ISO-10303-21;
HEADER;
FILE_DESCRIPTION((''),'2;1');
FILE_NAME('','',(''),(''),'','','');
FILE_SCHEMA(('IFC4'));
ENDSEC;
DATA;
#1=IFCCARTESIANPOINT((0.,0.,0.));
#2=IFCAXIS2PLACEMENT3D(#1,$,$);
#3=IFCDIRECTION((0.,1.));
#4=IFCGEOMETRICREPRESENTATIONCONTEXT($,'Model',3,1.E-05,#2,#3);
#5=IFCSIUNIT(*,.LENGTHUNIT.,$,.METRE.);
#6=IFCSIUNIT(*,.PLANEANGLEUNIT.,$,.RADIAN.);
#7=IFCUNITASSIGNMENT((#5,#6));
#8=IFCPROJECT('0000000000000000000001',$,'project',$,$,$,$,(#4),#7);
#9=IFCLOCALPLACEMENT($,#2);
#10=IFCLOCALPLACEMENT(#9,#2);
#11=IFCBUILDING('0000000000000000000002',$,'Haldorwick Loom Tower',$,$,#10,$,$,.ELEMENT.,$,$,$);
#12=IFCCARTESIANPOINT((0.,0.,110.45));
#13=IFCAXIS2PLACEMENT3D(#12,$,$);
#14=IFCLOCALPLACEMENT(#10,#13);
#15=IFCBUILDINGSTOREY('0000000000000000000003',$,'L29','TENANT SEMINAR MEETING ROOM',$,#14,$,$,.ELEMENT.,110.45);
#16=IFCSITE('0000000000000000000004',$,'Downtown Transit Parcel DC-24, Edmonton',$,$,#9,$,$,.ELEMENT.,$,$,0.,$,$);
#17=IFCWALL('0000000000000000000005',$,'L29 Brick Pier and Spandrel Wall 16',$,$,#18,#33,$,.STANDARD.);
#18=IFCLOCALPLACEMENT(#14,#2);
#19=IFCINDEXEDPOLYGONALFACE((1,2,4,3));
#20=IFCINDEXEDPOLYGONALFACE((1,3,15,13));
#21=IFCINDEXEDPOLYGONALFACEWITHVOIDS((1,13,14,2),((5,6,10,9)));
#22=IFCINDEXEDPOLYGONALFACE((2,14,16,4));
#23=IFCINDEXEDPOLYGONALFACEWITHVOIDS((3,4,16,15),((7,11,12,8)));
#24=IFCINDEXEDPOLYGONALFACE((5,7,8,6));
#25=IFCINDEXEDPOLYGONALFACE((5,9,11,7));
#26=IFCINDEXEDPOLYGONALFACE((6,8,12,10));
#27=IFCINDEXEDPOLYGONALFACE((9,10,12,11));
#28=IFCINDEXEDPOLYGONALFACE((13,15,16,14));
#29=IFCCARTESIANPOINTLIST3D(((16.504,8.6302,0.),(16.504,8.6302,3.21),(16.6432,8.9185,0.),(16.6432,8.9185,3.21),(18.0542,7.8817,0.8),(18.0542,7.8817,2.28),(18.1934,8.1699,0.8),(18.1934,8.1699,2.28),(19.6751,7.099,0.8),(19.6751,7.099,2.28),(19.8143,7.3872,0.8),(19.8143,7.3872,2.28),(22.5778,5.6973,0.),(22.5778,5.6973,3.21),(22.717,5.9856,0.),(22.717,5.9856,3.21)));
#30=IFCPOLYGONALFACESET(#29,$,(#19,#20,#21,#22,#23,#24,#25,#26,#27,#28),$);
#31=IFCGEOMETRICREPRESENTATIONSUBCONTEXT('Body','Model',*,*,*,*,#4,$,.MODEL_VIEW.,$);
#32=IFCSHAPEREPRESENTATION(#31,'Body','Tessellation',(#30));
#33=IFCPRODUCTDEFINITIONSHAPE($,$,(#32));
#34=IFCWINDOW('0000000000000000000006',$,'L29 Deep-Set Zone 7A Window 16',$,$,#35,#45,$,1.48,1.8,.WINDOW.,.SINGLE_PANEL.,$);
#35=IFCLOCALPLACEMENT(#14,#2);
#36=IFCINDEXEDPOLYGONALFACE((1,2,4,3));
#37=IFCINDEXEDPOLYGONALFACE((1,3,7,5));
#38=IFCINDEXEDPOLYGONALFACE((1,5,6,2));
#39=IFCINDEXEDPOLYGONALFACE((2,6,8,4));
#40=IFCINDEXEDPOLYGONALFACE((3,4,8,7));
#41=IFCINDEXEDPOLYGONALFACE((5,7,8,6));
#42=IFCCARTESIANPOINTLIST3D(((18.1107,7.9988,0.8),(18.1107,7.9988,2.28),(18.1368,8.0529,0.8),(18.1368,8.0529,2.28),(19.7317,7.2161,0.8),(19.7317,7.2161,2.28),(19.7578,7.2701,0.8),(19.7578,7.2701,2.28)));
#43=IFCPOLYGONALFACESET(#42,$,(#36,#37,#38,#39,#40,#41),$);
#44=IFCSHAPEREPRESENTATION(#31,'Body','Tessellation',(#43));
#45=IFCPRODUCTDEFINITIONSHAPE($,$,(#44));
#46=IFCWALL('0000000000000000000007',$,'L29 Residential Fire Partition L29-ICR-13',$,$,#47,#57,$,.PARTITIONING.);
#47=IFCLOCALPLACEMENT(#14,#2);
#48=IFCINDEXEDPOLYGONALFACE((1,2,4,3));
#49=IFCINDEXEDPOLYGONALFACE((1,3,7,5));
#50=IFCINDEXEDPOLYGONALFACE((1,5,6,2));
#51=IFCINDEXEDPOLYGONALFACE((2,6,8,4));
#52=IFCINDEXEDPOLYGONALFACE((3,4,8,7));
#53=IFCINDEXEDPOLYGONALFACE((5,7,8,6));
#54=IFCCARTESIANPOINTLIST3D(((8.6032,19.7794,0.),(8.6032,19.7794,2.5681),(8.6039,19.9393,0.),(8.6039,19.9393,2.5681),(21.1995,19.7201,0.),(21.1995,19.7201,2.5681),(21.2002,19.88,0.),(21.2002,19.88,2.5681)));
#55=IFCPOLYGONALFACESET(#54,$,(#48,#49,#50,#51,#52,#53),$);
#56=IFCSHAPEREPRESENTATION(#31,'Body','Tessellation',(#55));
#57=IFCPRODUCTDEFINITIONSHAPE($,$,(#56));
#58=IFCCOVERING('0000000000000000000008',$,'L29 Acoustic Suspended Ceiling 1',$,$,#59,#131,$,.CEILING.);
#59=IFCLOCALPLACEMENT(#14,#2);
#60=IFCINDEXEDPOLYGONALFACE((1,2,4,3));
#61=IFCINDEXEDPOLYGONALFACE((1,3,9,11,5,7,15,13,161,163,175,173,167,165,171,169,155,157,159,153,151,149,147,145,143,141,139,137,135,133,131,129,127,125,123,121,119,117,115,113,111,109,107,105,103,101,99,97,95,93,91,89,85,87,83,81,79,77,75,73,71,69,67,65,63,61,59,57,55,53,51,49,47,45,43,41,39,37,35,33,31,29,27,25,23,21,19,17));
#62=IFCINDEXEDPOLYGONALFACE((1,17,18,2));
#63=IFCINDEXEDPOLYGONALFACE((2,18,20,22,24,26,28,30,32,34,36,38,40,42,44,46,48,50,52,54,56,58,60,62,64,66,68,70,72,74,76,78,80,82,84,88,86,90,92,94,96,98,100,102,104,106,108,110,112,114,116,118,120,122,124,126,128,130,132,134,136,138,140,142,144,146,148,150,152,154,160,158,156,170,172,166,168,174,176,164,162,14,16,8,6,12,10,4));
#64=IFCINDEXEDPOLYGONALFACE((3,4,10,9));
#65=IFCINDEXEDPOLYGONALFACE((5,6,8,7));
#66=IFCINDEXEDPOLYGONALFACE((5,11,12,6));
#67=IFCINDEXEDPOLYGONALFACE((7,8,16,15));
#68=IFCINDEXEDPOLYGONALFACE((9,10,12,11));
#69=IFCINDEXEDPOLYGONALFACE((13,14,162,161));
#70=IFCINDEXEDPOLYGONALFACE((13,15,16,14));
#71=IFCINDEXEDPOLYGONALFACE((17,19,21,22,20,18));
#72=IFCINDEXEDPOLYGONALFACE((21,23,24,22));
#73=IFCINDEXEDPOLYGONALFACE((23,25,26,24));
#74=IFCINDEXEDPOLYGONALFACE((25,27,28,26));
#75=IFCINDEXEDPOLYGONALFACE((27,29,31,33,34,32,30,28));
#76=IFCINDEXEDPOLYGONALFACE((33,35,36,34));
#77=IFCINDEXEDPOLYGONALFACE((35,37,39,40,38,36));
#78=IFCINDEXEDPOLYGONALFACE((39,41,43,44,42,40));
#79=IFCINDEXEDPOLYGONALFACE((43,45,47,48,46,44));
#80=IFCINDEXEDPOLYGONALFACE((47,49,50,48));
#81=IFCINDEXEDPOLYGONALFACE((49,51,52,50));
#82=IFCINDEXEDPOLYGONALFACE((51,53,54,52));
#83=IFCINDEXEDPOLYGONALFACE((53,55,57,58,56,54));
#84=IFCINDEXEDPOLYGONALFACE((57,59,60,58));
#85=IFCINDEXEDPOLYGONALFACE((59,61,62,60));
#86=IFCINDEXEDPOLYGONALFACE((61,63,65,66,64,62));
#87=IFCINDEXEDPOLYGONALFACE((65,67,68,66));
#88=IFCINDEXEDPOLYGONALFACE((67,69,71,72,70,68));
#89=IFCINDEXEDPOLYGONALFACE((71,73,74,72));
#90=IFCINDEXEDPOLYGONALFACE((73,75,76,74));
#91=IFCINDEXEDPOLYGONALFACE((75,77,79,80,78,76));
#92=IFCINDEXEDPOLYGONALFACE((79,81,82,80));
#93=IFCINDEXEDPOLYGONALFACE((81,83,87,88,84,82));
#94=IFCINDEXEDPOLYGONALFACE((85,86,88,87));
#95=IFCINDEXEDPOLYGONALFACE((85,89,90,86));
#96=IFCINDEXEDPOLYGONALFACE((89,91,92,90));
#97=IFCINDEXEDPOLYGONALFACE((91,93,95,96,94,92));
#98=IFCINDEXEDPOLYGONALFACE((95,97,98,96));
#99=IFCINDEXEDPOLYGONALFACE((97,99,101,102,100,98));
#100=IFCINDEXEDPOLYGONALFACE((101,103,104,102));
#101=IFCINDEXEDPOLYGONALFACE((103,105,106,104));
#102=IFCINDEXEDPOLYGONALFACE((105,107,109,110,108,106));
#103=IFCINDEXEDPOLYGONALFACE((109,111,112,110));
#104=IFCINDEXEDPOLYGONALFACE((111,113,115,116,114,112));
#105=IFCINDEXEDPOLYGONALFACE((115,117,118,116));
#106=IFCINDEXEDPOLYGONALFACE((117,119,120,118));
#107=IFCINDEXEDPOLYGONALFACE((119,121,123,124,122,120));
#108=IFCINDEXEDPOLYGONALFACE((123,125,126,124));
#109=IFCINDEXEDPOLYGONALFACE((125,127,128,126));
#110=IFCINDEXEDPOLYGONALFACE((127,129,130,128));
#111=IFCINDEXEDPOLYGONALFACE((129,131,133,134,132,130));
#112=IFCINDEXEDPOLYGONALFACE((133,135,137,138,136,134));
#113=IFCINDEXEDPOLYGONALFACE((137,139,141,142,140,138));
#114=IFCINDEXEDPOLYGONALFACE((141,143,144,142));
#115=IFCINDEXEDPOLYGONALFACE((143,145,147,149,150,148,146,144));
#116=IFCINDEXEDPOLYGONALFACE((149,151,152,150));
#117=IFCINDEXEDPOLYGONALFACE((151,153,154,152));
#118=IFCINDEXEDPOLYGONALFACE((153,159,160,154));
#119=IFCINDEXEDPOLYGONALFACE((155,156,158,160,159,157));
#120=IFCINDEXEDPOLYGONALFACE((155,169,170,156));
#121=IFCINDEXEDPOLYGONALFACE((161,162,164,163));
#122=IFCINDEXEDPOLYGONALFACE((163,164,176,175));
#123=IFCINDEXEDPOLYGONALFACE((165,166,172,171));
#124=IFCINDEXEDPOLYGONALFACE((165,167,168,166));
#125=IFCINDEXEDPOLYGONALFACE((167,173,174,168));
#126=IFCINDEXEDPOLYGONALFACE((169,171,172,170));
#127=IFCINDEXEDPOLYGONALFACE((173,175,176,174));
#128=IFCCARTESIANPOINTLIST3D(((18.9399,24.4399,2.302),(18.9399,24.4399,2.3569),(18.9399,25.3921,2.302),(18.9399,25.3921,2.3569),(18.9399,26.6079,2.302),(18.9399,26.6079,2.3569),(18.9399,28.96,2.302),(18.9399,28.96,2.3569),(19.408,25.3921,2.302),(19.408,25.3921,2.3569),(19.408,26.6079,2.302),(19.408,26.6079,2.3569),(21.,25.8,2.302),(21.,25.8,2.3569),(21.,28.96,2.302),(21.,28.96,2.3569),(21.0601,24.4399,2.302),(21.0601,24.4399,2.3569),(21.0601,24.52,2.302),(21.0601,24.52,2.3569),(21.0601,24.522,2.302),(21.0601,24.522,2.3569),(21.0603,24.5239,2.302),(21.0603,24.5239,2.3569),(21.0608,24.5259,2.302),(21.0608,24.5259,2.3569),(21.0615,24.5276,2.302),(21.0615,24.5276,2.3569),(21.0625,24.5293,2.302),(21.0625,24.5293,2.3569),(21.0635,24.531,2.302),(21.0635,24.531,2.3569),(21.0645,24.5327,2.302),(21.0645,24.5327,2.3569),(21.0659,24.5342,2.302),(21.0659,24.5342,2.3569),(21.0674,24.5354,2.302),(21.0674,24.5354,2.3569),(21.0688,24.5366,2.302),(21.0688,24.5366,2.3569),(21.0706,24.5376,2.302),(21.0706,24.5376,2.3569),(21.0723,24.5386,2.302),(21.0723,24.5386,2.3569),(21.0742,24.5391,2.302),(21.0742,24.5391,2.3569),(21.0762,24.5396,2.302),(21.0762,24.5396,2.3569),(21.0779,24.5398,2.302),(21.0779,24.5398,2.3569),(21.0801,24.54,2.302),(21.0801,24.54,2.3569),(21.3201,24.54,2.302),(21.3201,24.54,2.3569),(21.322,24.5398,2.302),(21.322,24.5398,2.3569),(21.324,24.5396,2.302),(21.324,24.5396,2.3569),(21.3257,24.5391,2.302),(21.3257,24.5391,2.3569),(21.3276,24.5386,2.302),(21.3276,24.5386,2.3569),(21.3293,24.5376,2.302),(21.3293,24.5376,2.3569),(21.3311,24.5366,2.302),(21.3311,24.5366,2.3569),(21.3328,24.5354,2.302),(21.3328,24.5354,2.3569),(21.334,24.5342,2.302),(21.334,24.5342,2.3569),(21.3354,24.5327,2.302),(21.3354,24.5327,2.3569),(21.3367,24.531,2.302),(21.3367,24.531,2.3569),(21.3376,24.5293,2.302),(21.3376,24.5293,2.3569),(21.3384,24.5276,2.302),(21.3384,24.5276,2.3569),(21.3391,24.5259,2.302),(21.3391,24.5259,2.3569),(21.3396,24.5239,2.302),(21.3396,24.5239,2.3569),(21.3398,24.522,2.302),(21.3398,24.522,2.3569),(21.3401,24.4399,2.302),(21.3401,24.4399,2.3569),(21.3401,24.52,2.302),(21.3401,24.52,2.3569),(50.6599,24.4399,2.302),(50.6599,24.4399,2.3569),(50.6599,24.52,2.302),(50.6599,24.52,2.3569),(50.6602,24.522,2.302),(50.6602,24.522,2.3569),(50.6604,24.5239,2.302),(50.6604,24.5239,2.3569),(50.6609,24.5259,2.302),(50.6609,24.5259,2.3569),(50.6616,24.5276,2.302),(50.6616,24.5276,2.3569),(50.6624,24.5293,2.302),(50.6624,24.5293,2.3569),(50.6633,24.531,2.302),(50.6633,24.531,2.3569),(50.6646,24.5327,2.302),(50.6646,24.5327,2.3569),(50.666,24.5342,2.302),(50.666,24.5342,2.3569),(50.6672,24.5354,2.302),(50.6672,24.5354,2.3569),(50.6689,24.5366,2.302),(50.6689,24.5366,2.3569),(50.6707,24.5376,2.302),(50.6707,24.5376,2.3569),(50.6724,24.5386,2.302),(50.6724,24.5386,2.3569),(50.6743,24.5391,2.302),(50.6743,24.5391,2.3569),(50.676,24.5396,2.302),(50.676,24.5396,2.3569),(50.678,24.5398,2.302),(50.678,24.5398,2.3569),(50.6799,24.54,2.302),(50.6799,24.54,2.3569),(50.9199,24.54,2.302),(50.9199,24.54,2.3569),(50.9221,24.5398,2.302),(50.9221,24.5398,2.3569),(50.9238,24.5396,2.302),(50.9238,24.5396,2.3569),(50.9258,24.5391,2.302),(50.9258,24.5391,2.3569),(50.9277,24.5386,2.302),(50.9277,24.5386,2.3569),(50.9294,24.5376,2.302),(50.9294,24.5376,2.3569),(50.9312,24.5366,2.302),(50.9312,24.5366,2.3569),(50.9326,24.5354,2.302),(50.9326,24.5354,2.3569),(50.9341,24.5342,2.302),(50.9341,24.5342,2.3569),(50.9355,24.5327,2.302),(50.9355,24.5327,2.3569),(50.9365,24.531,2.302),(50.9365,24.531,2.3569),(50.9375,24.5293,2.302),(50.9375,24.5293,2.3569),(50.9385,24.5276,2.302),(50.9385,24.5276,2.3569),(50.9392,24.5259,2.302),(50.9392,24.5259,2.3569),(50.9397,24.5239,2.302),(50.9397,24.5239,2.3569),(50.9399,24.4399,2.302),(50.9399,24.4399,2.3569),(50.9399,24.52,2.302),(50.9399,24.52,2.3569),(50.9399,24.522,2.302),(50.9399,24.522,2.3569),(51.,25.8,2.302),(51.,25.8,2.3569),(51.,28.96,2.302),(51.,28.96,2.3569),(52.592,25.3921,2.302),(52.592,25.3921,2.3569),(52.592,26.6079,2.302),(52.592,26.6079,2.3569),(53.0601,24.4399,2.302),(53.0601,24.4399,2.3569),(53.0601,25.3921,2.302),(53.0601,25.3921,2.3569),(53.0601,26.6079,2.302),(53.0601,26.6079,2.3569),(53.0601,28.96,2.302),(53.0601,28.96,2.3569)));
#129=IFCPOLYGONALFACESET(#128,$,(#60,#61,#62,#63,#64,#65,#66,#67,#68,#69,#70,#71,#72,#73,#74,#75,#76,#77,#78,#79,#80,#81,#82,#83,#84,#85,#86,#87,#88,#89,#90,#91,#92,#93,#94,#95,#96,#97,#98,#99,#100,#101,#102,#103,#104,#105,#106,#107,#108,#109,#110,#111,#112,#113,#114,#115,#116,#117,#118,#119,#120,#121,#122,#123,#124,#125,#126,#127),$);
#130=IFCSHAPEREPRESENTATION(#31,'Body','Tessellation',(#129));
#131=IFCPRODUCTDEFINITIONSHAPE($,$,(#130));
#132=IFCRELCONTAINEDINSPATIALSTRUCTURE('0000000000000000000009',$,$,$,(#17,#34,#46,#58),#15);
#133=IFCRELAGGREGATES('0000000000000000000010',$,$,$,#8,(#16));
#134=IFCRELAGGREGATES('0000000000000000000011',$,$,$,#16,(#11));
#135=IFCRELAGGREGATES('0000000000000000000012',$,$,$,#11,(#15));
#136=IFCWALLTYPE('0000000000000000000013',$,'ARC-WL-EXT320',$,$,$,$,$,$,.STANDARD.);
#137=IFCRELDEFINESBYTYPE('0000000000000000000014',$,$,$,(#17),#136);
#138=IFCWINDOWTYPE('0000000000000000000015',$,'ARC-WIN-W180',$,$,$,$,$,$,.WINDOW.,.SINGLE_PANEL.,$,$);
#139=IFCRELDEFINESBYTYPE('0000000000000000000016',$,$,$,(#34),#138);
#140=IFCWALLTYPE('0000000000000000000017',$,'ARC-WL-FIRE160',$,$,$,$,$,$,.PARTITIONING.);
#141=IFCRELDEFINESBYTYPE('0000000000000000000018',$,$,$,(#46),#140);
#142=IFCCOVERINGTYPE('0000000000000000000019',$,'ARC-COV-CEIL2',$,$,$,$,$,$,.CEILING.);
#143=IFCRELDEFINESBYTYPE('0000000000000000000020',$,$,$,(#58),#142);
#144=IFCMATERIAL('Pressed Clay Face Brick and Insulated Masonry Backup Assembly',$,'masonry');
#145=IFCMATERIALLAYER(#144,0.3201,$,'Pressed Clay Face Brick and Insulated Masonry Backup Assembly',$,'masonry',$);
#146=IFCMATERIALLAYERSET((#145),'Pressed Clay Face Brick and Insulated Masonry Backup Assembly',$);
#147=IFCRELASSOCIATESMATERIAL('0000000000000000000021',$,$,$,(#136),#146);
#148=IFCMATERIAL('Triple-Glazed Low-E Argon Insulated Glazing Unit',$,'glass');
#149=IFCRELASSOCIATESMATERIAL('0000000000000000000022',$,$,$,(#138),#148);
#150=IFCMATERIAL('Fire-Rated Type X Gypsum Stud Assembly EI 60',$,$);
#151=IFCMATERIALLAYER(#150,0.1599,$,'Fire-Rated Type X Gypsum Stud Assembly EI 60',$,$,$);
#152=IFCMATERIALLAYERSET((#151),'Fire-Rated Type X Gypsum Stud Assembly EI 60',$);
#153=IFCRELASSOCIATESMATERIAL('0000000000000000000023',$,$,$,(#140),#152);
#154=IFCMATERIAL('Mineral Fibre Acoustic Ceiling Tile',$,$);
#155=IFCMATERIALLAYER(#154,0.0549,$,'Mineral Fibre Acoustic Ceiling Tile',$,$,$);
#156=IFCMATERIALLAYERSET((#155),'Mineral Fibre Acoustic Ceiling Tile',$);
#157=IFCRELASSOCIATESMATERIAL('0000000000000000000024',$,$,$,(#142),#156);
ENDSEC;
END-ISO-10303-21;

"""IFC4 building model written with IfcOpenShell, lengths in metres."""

from ifc_helpers import new_model, si_unit, direction, frame, frame_2d, origin, place, context, subcontext, project, spatial, polyline, rectangle, outline, extrude, material, layer, layer_set, type_object, element, fill, save


model = new_model("IFC4")

# Units and contexts
model_context = context("Model", 3, precision=1e-05, world=origin(), true_north=direction((0.0, 1.0)))
body_context = subcontext(model_context, "Body", "Model", "MODEL_VIEW")
ifc_project = project(units=[si_unit("LENGTHUNIT", "METRE"), si_unit("PLANEANGLEUNIT", "RADIAN")], contexts=[model_context])

# Site, building, storey
site_placement = place(None, origin())
site = spatial("IfcSite", under=ifc_project, at=site_placement, Name="Downtown Transit Parcel DC-24, Edmonton", CompositionType="ELEMENT", RefElevation=0.0)
building_placement = place(site_placement, origin())
building = spatial("IfcBuilding", under=site, at=building_placement, Name="Haldorwick Loom Tower", CompositionType="ELEMENT")
storey_placement = place(building_placement, frame((0.0, 0.0, 110.45)))
storey = spatial("IfcBuildingStorey", under=building, at=storey_placement, Name="L29", Description="TENANT SEMINAR MEETING ROOM", CompositionType="ELEMENT", Elevation=110.45)

# Shared definitions
ifc_material_1 = material(Name="Pressed Clay Face Brick and Insulated Masonry Backup Assembly", Category="masonry")
ifc_layer_1 = layer(ifc_material_1, 0.3201, Name="Pressed Clay Face Brick and Insulated Masonry Backup Assembly", Category="masonry")
ifc_layer_set_1 = layer_set([ifc_layer_1], Name="Pressed Clay Face Brick and Insulated Masonry Backup Assembly")
wall_type_1 = type_object("IfcWallType", Name="ARC-WL-EXT320", PredefinedType="STANDARD", material=ifc_layer_set_1)

# Wall, opening, window
wall_1_placement = place(storey_placement, frame((16.5735, 8.7744, 0.0), z_axis=(0.0, 0.0, 1.0), x_axis=(0.90051, -0.434835, 0.0)))
wall_1 = element("IfcWall", 1, at=wall_1_placement, inside=storey, type_object=wall_type_1, Name="L29 Brick Pier and Spandrel Wall 16", PredefinedType="STANDARD", context=body_context, shape_type="SweptSolid", body=[
    extrude(rectangle(XDim=6.7449, YDim=0.3201, at=frame_2d((3.3726, 0.0))), origin(), (0.0, 0.0, 1.0), 3.21),
])
opening_1_placement = place(wall_1_placement, frame((1.7217, 0.0, 0.8)))
opening_1 = element("IfcOpeningElement", 2, at=opening_1_placement, cuts=wall_1, PredefinedType="OPENING", context=body_context, shape_type="SweptSolid", body=[
    extrude(rectangle(XDim=1.8, YDim=1.48, at=frame_2d((0.8999, 0.74))), frame((0.0, 0.1699, 0.0), z_axis=(0.0, -1.0, 0.0), x_axis=(1.0, 0.0, 0.0)), (0.0, 0.0, 1.0), 0.3401),
])
ifc_material_2 = material(Name="Triple-Glazed Low-E Argon Insulated Glazing Unit", Category="glass")
window_type = type_object("IfcWindowType", Name="ARC-WIN-W180", PartitioningType="SINGLE_PANEL", PredefinedType="WINDOW", material=ifc_material_2)
window_placement = place(opening_1_placement, origin())
window = element("IfcWindow", 3, at=window_placement, inside=storey, type_object=window_type, Name="L29 Deep-Set Zone 7A Window 16", OverallHeight=1.48, OverallWidth=1.8, PartitioningType="SINGLE_PANEL", PredefinedType="WINDOW", context=body_context, shape_type="SweptSolid", body=[
    extrude(rectangle(XDim=1.8, YDim=1.48, at=frame_2d((0.8999, 0.74))), frame((0.0, 0.03, 0.0), z_axis=(0.0, -1.0, 0.0), x_axis=(1.0, 0.0, 0.0)), (0.0, 0.0, 1.0), 0.0601),
])
fill(opening_1, window)

# Wall
ifc_material_3 = material(Name="Fire-Rated Type X Gypsum Stud Assembly EI 60")
ifc_layer_2 = layer(ifc_material_3, 0.1599, Name="Fire-Rated Type X Gypsum Stud Assembly EI 60")
ifc_layer_set_2 = layer_set([ifc_layer_2], Name="Fire-Rated Type X Gypsum Stud Assembly EI 60")
wall_type_2 = type_object("IfcWallType", Name="ARC-WL-FIRE160", PredefinedType="PARTITIONING", material=ifc_layer_set_2)
wall_2_placement = place(storey_placement, frame((21.2, 19.8, 0.0), z_axis=(0.0, 0.0, 1.0), x_axis=(-0.999989, 0.00471, 0.0)))
element("IfcWall", 4, at=wall_2_placement, inside=storey, type_object=wall_type_2, Name="L29 Residential Fire Partition L29-ICR-13", PredefinedType="PARTITIONING", context=body_context, shape_type="SweptSolid", body=[
    extrude(rectangle(XDim=12.5964, YDim=0.1599, at=frame_2d((6.2983, 0.0))), origin(), (0.0, 0.0, 1.0), 2.5681),
])

# Covering
ifc_material_4 = material(Name="Mineral Fibre Acoustic Ceiling Tile")
ifc_layer_3 = layer(ifc_material_4, 0.0549, Name="Mineral Fibre Acoustic Ceiling Tile")
ifc_layer_set_3 = layer_set([ifc_layer_3], Name="Mineral Fibre Acoustic Ceiling Tile")
covering_type_1 = type_object("IfcCoveringType", Name="ARC-COV-CEIL2", PredefinedType="CEILING", material=ifc_layer_set_3)
covering_1_placement = place(storey_placement, frame((0.0, 0.0, 2.302)))
element("IfcCovering", 5, at=covering_1_placement, inside=storey, type_object=covering_type_1, Name="L29 Acoustic Suspended Ceiling 1", PredefinedType="CEILING", context=body_context, shape_type="SweptSolid", body=[
    extrude(outline(polyline([(21.3201, 24.54), (21.322, 24.5398), (21.324, 24.5396), (21.3257, 24.5391), (21.3276, 24.5386), (21.3293, 24.5376), (21.3311, 24.5366), (21.3328, 24.5354), (21.334, 24.5342), (21.3354, 24.5327), (21.3367, 24.531), (21.3376, 24.5293), (21.3384, 24.5276), (21.3391, 24.5259), (21.3396, 24.5239), (21.3398, 24.522), (21.3401, 24.52), (21.3401, 24.4399), (50.6599, 24.4399), (50.6599, 24.52), (50.6602, 24.522), (50.6604, 24.5239), (50.6609, 24.5259), (50.6616, 24.5276), (50.6624, 24.5293), (50.6633, 24.531), (50.6646, 24.5327), (50.666, 24.5342), (50.6672, 24.5354), (50.6689, 24.5366), (50.6707, 24.5376), (50.6724, 24.5386), (50.6743, 24.5391), (50.676, 24.5396), (50.678, 24.5398), (50.6799, 24.54), (50.9199, 24.54), (50.9221, 24.5398), (50.9238, 24.5396), (50.9258, 24.5391), (50.9277, 24.5386), (50.9294, 24.5376), (50.9312, 24.5366), (50.9326, 24.5354), (50.9341, 24.5342), (50.9355, 24.5327), (50.9365, 24.531), (50.9375, 24.5293), (50.9385, 24.5276), (50.9392, 24.5259), (50.9397, 24.5239), (50.9399, 24.522), (50.9399, 24.52), (50.9399, 24.4399), (53.0601, 24.4399), (53.0601, 25.3921), (52.592, 25.3921), (52.592, 26.6079), (53.0601, 26.6079), (53.0601, 28.96), (51.0, 28.96), (51.0, 25.8), (21.0, 25.8), (21.0, 28.96), (18.9399, 28.96), (18.9399, 26.6079), (19.408, 26.6079), (19.408, 25.3921), (18.9399, 25.3921), (18.9399, 24.4399), (21.0601, 24.4399), (21.0601, 24.52), (21.0601, 24.522), (21.0603, 24.5239), (21.0608, 24.5259), (21.0615, 24.5276), (21.0625, 24.5293), (21.0635, 24.531), (21.0645, 24.5327), (21.0659, 24.5342), (21.0674, 24.5354), (21.0688, 24.5366), (21.0706, 24.5376), (21.0723, 24.5386), (21.0742, 24.5391), (21.0762, 24.5396), (21.0779, 24.5398), (21.0801, 24.54), (21.3201, 24.54)])), origin(), (0.0, 0.0, 1.0), 0.0549),
])

save(model, "model.ifc")
